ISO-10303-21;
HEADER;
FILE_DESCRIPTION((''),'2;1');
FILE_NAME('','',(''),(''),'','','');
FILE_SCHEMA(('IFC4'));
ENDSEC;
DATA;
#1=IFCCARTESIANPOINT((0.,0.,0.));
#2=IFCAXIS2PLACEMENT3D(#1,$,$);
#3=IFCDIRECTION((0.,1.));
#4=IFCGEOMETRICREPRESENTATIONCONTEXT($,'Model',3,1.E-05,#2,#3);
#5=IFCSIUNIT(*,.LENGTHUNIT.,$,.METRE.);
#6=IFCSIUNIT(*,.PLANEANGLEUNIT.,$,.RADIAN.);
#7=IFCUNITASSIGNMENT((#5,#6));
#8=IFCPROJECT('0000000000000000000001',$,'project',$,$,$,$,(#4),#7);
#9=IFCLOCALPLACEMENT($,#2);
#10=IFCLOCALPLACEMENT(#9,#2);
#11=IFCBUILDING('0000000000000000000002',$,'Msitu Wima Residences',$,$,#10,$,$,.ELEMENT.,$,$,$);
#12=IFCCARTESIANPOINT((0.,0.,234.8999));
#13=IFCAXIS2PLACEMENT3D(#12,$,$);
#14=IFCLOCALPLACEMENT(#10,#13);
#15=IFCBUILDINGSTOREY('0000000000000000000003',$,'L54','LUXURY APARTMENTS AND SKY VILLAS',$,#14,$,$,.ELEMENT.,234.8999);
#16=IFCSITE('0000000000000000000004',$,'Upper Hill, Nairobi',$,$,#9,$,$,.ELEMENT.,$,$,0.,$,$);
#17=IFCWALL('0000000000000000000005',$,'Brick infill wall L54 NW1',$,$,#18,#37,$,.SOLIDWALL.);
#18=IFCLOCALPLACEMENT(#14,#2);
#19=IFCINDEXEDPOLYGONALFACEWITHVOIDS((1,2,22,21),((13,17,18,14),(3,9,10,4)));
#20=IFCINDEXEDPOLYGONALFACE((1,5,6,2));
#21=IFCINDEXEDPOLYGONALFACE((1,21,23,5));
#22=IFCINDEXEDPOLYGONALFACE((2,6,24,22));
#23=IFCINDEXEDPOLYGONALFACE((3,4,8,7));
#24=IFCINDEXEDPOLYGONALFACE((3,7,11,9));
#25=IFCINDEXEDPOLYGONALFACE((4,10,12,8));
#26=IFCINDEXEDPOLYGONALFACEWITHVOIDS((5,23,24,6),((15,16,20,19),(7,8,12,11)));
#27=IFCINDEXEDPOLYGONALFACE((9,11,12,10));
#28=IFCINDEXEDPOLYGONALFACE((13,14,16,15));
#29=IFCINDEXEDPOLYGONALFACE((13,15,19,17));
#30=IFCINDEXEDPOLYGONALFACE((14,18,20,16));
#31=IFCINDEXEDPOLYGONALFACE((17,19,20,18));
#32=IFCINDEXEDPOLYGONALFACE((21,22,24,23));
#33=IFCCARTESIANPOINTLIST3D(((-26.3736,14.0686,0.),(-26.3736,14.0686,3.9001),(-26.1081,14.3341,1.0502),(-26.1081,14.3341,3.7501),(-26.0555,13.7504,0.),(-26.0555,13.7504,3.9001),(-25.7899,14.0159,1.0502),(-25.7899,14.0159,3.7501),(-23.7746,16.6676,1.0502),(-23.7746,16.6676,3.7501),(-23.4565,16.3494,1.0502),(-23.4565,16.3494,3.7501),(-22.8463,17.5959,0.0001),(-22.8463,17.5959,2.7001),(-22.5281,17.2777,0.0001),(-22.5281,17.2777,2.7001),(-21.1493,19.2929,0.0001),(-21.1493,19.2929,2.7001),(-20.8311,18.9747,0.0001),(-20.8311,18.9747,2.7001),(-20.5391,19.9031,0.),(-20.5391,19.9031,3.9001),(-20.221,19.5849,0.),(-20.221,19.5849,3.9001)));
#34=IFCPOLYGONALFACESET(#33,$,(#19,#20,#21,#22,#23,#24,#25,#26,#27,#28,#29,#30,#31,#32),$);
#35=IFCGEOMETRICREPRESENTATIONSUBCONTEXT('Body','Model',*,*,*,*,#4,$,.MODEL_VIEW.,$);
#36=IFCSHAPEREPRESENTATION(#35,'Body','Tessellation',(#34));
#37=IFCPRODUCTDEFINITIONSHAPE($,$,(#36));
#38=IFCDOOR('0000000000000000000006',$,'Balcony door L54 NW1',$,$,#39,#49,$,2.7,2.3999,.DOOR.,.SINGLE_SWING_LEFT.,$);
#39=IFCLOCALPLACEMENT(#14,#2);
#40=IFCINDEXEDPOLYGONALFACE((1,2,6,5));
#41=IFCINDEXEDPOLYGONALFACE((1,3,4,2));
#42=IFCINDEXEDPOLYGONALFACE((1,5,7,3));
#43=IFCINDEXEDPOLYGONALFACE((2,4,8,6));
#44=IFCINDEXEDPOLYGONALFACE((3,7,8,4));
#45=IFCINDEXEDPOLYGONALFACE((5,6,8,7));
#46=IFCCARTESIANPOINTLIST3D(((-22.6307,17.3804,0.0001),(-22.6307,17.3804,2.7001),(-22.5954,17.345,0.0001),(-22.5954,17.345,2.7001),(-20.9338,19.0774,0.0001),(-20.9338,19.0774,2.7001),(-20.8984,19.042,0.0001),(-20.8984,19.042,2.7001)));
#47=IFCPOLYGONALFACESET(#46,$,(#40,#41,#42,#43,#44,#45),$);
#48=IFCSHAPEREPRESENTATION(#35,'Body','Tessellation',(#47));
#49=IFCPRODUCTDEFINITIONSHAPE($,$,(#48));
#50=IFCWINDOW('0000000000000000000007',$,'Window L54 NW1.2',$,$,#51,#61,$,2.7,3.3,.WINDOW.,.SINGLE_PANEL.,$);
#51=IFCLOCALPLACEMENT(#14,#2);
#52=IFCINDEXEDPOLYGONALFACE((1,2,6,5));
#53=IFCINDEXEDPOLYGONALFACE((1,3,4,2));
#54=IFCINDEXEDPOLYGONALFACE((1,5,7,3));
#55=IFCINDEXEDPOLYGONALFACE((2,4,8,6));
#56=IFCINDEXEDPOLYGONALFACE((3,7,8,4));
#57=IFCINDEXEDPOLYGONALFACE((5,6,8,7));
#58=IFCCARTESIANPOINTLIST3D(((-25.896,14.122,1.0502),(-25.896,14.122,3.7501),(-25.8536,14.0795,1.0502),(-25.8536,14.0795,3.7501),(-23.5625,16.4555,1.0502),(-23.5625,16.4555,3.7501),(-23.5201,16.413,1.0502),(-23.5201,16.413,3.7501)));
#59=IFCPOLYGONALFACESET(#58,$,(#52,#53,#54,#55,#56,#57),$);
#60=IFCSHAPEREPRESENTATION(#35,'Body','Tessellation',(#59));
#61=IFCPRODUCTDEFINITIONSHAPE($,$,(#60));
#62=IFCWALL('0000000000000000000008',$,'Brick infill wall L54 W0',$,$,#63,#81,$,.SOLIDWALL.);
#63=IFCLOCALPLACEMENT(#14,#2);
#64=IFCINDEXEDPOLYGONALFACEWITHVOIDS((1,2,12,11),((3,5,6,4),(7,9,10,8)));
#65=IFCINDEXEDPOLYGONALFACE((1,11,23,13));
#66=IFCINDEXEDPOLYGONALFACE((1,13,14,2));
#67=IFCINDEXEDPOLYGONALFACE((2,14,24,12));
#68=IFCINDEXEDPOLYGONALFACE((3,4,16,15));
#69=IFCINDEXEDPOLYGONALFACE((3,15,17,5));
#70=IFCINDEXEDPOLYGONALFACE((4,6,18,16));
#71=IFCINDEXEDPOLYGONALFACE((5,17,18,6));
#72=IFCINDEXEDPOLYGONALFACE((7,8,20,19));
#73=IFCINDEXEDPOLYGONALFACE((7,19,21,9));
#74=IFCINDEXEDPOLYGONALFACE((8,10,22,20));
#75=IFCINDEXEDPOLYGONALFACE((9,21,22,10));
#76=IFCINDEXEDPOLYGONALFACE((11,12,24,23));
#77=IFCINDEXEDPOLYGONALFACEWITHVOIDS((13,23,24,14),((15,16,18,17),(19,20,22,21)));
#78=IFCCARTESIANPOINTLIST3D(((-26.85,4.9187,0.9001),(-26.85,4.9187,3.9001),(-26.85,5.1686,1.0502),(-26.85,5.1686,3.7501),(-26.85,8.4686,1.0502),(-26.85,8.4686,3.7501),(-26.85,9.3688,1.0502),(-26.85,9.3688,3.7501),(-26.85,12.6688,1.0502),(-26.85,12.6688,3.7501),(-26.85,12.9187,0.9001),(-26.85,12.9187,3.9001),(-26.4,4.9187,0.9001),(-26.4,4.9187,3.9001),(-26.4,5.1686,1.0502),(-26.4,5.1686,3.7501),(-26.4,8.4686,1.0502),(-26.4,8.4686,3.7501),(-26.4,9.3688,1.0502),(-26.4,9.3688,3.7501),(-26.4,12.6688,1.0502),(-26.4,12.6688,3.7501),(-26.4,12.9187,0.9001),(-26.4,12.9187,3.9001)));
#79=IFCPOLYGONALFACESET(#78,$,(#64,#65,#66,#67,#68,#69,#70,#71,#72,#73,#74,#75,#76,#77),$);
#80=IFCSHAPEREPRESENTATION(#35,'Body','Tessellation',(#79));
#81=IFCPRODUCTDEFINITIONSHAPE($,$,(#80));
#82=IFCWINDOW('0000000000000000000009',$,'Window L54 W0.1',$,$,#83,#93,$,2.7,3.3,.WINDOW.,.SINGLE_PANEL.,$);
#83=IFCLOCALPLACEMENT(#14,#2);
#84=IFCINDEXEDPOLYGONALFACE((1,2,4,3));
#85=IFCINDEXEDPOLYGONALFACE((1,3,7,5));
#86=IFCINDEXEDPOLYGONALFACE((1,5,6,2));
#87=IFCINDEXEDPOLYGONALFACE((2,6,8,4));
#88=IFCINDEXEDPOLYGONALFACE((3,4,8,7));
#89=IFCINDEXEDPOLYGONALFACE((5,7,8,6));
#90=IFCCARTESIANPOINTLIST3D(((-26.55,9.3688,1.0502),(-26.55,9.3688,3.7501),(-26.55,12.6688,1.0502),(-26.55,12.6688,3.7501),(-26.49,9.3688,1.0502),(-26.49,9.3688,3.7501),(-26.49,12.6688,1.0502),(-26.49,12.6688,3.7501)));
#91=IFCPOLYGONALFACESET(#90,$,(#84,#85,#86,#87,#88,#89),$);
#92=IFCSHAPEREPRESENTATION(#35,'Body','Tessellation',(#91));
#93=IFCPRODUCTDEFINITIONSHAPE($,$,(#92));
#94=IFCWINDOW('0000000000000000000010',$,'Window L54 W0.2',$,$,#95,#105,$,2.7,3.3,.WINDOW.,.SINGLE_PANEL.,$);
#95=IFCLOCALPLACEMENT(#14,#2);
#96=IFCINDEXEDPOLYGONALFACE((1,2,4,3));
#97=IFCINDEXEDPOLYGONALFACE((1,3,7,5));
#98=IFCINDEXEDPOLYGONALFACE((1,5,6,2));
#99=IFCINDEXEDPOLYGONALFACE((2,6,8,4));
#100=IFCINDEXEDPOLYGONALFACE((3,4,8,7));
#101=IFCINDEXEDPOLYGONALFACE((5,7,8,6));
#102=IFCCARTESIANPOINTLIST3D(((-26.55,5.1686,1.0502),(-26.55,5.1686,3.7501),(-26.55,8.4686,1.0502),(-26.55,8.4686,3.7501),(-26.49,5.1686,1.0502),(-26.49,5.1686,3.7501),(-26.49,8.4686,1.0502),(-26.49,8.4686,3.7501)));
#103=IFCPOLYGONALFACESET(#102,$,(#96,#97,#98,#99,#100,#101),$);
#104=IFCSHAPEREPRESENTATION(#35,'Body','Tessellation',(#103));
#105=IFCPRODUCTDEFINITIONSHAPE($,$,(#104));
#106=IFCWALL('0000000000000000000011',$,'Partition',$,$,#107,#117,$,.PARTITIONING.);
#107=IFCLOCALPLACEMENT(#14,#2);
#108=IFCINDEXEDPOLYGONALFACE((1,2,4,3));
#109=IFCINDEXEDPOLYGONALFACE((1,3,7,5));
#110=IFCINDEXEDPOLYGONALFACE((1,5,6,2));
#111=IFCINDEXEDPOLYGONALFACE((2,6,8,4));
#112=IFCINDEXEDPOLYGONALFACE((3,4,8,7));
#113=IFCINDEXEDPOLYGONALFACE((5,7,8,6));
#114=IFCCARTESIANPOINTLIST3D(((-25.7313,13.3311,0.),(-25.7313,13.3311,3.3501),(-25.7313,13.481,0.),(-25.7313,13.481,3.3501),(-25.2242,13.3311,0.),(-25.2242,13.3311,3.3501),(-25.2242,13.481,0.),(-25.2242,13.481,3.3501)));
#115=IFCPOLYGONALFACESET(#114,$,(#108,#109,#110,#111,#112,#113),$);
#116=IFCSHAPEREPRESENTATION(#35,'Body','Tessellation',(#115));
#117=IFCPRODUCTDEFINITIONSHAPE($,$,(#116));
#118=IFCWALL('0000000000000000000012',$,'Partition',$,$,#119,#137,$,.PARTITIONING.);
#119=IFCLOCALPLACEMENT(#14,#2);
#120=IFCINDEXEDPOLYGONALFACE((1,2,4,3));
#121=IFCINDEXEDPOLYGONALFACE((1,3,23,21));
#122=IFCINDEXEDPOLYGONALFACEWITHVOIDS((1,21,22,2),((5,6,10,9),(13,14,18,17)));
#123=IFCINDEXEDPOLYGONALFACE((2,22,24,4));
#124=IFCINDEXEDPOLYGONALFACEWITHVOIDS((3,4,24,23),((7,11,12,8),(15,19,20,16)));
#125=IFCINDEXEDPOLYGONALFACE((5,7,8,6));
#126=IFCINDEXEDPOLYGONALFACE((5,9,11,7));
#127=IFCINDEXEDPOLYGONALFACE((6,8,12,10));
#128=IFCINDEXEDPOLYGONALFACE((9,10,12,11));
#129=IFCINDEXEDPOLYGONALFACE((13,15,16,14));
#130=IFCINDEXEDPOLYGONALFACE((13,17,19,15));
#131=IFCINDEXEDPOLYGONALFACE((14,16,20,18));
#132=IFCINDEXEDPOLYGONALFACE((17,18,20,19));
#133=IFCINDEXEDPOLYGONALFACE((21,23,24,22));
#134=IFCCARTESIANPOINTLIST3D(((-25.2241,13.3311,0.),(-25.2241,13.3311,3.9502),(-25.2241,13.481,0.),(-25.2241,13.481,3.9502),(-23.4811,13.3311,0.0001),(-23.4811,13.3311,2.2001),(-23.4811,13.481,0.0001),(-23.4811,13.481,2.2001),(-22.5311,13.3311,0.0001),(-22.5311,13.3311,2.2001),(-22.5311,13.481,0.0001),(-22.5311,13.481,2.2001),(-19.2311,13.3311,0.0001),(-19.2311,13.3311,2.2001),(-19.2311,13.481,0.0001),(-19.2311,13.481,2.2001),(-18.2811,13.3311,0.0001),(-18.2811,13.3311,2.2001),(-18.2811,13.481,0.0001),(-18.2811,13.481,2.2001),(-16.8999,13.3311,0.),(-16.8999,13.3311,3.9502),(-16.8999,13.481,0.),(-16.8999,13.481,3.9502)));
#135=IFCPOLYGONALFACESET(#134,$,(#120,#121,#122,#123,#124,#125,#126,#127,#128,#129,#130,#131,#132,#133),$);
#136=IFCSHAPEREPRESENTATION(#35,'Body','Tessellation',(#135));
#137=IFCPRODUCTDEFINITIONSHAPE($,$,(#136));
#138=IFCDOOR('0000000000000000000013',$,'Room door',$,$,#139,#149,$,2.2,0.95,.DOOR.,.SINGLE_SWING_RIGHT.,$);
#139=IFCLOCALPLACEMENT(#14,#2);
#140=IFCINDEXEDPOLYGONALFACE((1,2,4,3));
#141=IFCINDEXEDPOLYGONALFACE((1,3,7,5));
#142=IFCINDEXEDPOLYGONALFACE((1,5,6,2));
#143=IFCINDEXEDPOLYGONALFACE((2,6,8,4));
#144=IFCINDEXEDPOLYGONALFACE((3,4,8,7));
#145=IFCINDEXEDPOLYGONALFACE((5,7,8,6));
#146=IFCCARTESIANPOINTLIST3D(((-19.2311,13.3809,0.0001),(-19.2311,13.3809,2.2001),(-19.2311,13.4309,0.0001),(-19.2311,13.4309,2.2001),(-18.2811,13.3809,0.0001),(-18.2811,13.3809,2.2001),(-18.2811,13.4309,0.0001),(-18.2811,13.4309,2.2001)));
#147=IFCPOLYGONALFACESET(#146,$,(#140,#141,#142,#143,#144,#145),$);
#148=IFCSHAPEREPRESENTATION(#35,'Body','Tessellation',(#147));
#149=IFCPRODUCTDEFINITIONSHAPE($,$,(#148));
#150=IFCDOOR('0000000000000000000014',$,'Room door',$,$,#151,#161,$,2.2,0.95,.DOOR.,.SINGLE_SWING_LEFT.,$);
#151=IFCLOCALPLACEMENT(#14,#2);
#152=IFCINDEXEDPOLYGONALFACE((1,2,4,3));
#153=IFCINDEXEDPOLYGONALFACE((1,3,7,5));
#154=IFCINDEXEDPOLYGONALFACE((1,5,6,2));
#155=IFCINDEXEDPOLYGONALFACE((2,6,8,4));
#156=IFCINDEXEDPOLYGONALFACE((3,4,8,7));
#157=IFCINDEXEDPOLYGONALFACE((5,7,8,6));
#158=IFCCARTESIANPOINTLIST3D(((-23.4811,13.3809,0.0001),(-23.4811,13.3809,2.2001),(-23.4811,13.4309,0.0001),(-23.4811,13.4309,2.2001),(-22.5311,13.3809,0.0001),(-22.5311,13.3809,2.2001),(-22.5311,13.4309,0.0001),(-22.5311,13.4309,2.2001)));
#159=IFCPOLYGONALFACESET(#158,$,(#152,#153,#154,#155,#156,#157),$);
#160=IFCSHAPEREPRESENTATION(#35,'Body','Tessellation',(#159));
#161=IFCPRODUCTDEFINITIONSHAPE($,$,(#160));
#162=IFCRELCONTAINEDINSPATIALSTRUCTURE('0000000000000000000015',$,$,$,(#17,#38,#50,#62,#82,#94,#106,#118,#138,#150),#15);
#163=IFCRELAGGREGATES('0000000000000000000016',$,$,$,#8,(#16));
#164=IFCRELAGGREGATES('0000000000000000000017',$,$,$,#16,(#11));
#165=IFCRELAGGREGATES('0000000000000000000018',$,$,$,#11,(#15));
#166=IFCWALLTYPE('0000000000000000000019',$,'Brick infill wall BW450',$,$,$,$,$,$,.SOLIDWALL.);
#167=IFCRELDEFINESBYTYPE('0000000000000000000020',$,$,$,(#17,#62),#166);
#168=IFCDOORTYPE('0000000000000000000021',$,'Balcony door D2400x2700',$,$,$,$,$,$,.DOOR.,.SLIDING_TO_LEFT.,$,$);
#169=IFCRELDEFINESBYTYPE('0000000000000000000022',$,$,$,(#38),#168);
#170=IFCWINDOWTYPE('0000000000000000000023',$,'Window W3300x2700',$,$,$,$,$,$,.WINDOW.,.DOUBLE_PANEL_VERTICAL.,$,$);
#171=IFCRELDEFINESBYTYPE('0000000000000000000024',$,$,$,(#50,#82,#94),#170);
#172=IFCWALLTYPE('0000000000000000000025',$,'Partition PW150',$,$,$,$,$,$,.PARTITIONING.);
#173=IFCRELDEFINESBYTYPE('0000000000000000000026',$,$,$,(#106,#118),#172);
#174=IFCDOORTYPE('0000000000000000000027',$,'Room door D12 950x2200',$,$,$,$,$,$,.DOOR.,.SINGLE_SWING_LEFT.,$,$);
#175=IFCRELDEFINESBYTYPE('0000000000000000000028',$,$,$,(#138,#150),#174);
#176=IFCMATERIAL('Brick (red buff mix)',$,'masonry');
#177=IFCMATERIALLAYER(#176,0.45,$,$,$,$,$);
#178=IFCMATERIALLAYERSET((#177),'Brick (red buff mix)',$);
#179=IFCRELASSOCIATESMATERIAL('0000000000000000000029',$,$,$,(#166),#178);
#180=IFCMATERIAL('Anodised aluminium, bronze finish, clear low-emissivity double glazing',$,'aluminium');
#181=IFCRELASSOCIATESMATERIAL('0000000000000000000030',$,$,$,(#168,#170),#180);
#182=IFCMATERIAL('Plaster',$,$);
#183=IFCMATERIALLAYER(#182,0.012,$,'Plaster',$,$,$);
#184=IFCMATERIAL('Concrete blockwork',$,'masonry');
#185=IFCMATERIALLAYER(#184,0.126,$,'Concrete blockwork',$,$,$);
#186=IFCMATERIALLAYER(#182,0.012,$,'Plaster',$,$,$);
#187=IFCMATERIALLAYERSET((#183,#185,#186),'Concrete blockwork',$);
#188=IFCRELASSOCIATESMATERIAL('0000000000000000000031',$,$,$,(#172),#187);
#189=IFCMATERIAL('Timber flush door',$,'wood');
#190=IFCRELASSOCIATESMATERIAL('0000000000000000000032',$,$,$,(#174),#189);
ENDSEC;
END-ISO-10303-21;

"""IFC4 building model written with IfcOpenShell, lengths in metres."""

from ifc_helpers import new_model, si_unit, direction, frame, frame_2d, origin, place, context, subcontext, project, spatial, rectangle, extrude, material, layer, layer_set, type_object, element, fill, save


model = new_model("IFC4")

# Units and contexts
model_context = context("Model", 3, precision=1e-05, world=origin(), true_north=direction((0.0, 1.0)))
body_context = subcontext(model_context, "Body", "Model", "MODEL_VIEW")
ifc_project = project(units=[si_unit("LENGTHUNIT", "METRE"), si_unit("PLANEANGLEUNIT", "RADIAN")], contexts=[model_context])

# Site, building, storey
site_placement = place(None, origin())
site = spatial("IfcSite", under=ifc_project, at=site_placement, Name="Upper Hill, Nairobi", CompositionType="ELEMENT", RefElevation=0.0)
building_placement = place(site_placement, origin())
building = spatial("IfcBuilding", under=site, at=building_placement, Name="Msitu Wima Residences", CompositionType="ELEMENT")
storey_placement = place(building_placement, frame((0.0, 0.0, 234.8999)))
storey = spatial("IfcBuildingStorey", under=building, at=storey_placement, Name="L54", Description="LUXURY APARTMENTS AND SKY VILLAS", CompositionType="ELEMENT", Elevation=234.8999)

# Wall, openings, door, window
ifc_material_1 = material(Name="Brick (red buff mix)", Category="masonry")
ifc_layer_1 = layer(ifc_material_1, 0.45)
ifc_layer_set_1 = layer_set([ifc_layer_1], Name="Brick (red buff mix)")
wall_type_1 = type_object("IfcWallType", Name="Brick infill wall BW450", PredefinedType="SOLIDWALL", material=ifc_layer_set_1)
wall_1_placement = place(storey_placement, frame((-20.3801, 19.7439, 0.0), z_axis=(0.0, 0.0, 1.0), x_axis=(-0.707107, -0.707107, 0.0)))
wall_1 = element("IfcWall", 1, at=wall_1_placement, inside=storey, type_object=wall_type_1, Name="Brick infill wall L54 NW1", PredefinedType="SOLIDWALL", context=body_context, shape_type="SweptSolid", body=[
    extrude(rectangle(XDim=8.2512, YDim=0.45, at=frame_2d((4.1255, 0.0))), origin(), (0.0, 0.0, 1.0), 3.9001),
])
opening_1_placement = place(wall_1_placement, frame((0.8628, 0.0, 0.0)))
opening_1 = element("IfcOpeningElement", 2, at=opening_1_placement, cuts=wall_1, PredefinedType="OPENING", context=body_context, shape_type="SweptSolid", body=[
    extrude(rectangle(XDim=2.3999, YDim=2.7, at=frame_2d((1.2, 1.3501))), frame((0.0, 0.2349, 0.0), z_axis=(0.0, -1.0, 0.0), x_axis=(1.0, 0.0, 0.0)), (0.0, 0.0, 1.0), 0.47),
])
opening_2_placement = place(wall_1_placement, frame((4.5757, 0.0, 1.05)))
opening_2 = element("IfcOpeningElement", 3, at=opening_2_placement, cuts=wall_1, PredefinedType="OPENING", context=body_context, shape_type="SweptSolid", body=[
    extrude(rectangle(XDim=3.3, YDim=2.7, at=frame_2d((1.6499, 1.3501))), frame((0.0, 0.2349, 0.0), z_axis=(0.0, -1.0, 0.0), x_axis=(1.0, 0.0, 0.0)), (0.0, 0.0, 1.0), 0.47),
])
ifc_material_2 = material(Name="Anodised aluminium, bronze finish, clear low-emissivity double glazing", Category="aluminium")
door_type_1 = type_object("IfcDoorType", Name="Balcony door D2400x2700", OperationType="SLIDING_TO_LEFT", PredefinedType="DOOR", material=ifc_material_2)
door_1_placement = place(opening_1_placement, origin())
door_1 = element("IfcDoor", 4, at=door_1_placement, inside=storey, type_object=door_type_1, Name="Balcony door L54 NW1", OperationType="SINGLE_SWING_LEFT", OverallHeight=2.7, OverallWidth=2.3999, PredefinedType="DOOR", context=body_context, shape_type="SweptSolid", body=[
    extrude(rectangle(XDim=2.3999, YDim=2.7, at=frame_2d((1.2, 1.3501))), frame((0.0, 0.1299, 0.0), z_axis=(0.0, -1.0, 0.0), x_axis=(1.0, 0.0, 0.0)), (0.0, 0.0, 1.0), 0.05),
])
fill(opening_1, door_1)
window_type = type_object("IfcWindowType", Name="Window W3300x2700", PartitioningType="DOUBLE_PANEL_VERTICAL", PredefinedType="WINDOW", material=ifc_material_2)
window_1_placement = place(opening_2_placement, origin())
window_1 = element("IfcWindow", 5, at=window_1_placement, inside=storey, type_object=window_type, Name="Window L54 NW1.2", OverallHeight=2.7, OverallWidth=3.3, PartitioningType="SINGLE_PANEL", PredefinedType="WINDOW", context=body_context, shape_type="SweptSolid", body=[
    extrude(rectangle(XDim=3.3, YDim=2.7, at=frame_2d((1.6499, 1.3501))), frame((0.0, 0.135, 0.0), z_axis=(0.0, -1.0, 0.0), x_axis=(1.0, 0.0, 0.0)), (0.0, 0.0, 1.0), 0.0601),
])
fill(opening_2, window_1)

# Wall, openings, windows
wall_2_placement = place(storey_placement, frame((-26.625, 12.9187, 0.9001), z_axis=(0.0, 0.0, 1.0), x_axis=(0.0, -1.0, 0.0)))
wall_2 = element("IfcWall", 6, at=wall_2_placement, inside=storey, type_object=wall_type_1, Name="Brick infill wall L54 W0", PredefinedType="SOLIDWALL", context=body_context, shape_type="SweptSolid", body=[
    extrude(rectangle(XDim=8.0, YDim=0.45, at=frame_2d((4.0, 0.0))), origin(), (0.0, 0.0, 1.0), 3.0),
])
opening_3_placement = place(wall_2_placement, frame((0.25, 0.0, 0.1499)))
opening_3 = element("IfcOpeningElement", 7, at=opening_3_placement, cuts=wall_2, PredefinedType="OPENING", context=body_context, shape_type="SweptSolid", body=[
    extrude(rectangle(XDim=3.3, YDim=2.7, at=frame_2d((1.6499, 1.3501))), frame((0.0, 0.2349, 0.0), z_axis=(0.0, -1.0, 0.0), x_axis=(1.0, 0.0, 0.0)), (0.0, 0.0, 1.0), 0.47),
])
opening_4_placement = place(wall_2_placement, frame((4.4502, 0.0, 0.1499)))
opening_4 = element("IfcOpeningElement", 8, at=opening_4_placement, cuts=wall_2, PredefinedType="OPENING", context=body_context, shape_type="SweptSolid", body=[
    extrude(rectangle(XDim=3.3, YDim=2.7, at=frame_2d((1.6499, 1.3501))), frame((0.0, 0.2349, 0.0), z_axis=(0.0, -1.0, 0.0), x_axis=(1.0, 0.0, 0.0)), (0.0, 0.0, 1.0), 0.47),
])
window_2_placement = place(opening_3_placement, origin())
window_2 = element("IfcWindow", 9, at=window_2_placement, inside=storey, type_object=window_type, Name="Window L54 W0.1", OverallHeight=2.7, OverallWidth=3.3, PartitioningType="SINGLE_PANEL", PredefinedType="WINDOW", context=body_context, shape_type="SweptSolid", body=[
    extrude(rectangle(XDim=3.3, YDim=2.7, at=frame_2d((1.6499, 1.3501))), frame((0.0, 0.135, 0.0), z_axis=(0.0, -1.0, 0.0), x_axis=(1.0, 0.0, 0.0)), (0.0, 0.0, 1.0), 0.0601),
])
fill(opening_3, window_2)
window_3_placement = place(opening_4_placement, origin())
window_3 = element("IfcWindow", 10, at=window_3_placement, inside=storey, type_object=window_type, Name="Window L54 W0.2", OverallHeight=2.7, OverallWidth=3.3, PartitioningType="SINGLE_PANEL", PredefinedType="WINDOW", context=body_context, shape_type="SweptSolid", body=[
    extrude(rectangle(XDim=3.3, YDim=2.7, at=frame_2d((1.6499, 1.3501))), frame((0.0, 0.135, 0.0), z_axis=(0.0, -1.0, 0.0), x_axis=(1.0, 0.0, 0.0)), (0.0, 0.0, 1.0), 0.0601),
])
fill(opening_4, window_3)

# Wall
ifc_material_3 = material(Name="Plaster")
ifc_layer_2 = layer(ifc_material_3, 0.012, Name="Plaster")
ifc_material_4 = material(Name="Concrete blockwork", Category="masonry")
ifc_layer_3 = layer(ifc_material_4, 0.126, Name="Concrete blockwork")
ifc_layer_4 = layer(ifc_material_3, 0.012, Name="Plaster")
ifc_layer_set_2 = layer_set([ifc_layer_2, ifc_layer_3, ifc_layer_4], Name="Concrete blockwork")
wall_type_2 = type_object("IfcWallType", Name="Partition PW150", PredefinedType="PARTITIONING", material=ifc_layer_set_2)
wall_3_placement = place(storey_placement, frame((-25.7312, 13.406, 0.0), z_axis=(0.0, 0.0, 1.0), x_axis=(1.0, 0.0, 0.0)))
element("IfcWall", 11, at=wall_3_placement, inside=storey, type_object=wall_type_2, Name="Partition", PredefinedType="PARTITIONING", context=body_context, shape_type="SweptSolid", body=[
    extrude(rectangle(XDim=0.5071, YDim=0.1499, at=frame_2d((0.2534, 0.0))), origin(), (0.0, 0.0, 1.0), 3.3501),
])

# Wall, openings, doors
wall_4_placement = place(storey_placement, frame((-25.2241, 13.406, 0.0), z_axis=(0.0, 0.0, 1.0), x_axis=(1.0, 0.0, 0.0)))
wall_4 = element("IfcWall", 12, at=wall_4_placement, inside=storey, type_object=wall_type_2, Name="Partition", PredefinedType="PARTITIONING", context=body_context, shape_type="SweptSolid", body=[
    extrude(rectangle(XDim=8.3242, YDim=0.1499, at=frame_2d((4.1621, 0.0))), origin(), (0.0, 0.0, 1.0), 3.9502),
])
opening_5_placement = place(wall_4_placement, frame((5.9929, 0.0, 0.0)))
opening_5 = element("IfcOpeningElement", 13, at=opening_5_placement, cuts=wall_4, PredefinedType="OPENING", context=body_context, shape_type="SweptSolid", body=[
    extrude(rectangle(XDim=0.95, YDim=2.2, at=frame_2d((0.4751, 1.1001))), frame((0.0, 0.085, 0.0), z_axis=(0.0, -1.0, 0.0), x_axis=(1.0, 0.0, 0.0)), (0.0, 0.0, 1.0), 0.1699),
])
opening_6_placement = place(wall_4_placement, frame((1.7429, 0.0, 0.0)))
opening_6 = element("IfcOpeningElement", 14, at=opening_6_placement, cuts=wall_4, PredefinedType="OPENING", context=body_context, shape_type="SweptSolid", body=[
    extrude(rectangle(XDim=0.95, YDim=2.2, at=frame_2d((0.4751, 1.1001))), frame((0.0, 0.085, 0.0), z_axis=(0.0, -1.0, 0.0), x_axis=(1.0, 0.0, 0.0)), (0.0, 0.0, 1.0), 0.1699),
])
ifc_material_5 = material(Name="Timber flush door", Category="wood")
door_type_2 = type_object("IfcDoorType", Name="Room door D12 950x2200", OperationType="SINGLE_SWING_LEFT", PredefinedType="DOOR", material=ifc_material_5)
door_2_placement = place(opening_5_placement, origin())
door_2 = element("IfcDoor", 15, at=door_2_placement, inside=storey, type_object=door_type_2, Name="Room door", OperationType="SINGLE_SWING_RIGHT", OverallHeight=2.2, OverallWidth=0.95, PredefinedType="DOOR", context=body_context, shape_type="SweptSolid", body=[
    extrude(rectangle(XDim=0.95, YDim=2.2, at=frame_2d((0.4751, 1.1001))), frame((0.0, 0.0249, 0.0), z_axis=(0.0, -1.0, 0.0), x_axis=(1.0, 0.0, 0.0)), (0.0, 0.0, 1.0), 0.05),
])
fill(opening_5, door_2)
door_3_placement = place(opening_6_placement, origin())
door_3 = element("IfcDoor", 16, at=door_3_placement, inside=storey, type_object=door_type_2, Name="Room door", OperationType="SINGLE_SWING_LEFT", OverallHeight=2.2, OverallWidth=0.95, PredefinedType="DOOR", context=body_context, shape_type="SweptSolid", body=[
    extrude(rectangle(XDim=0.95, YDim=2.2, at=frame_2d((0.4751, 1.1001))), frame((0.0, 0.0249, 0.0), z_axis=(0.0, -1.0, 0.0), x_axis=(1.0, 0.0, 0.0)), (0.0, 0.0, 1.0), 0.05),
])
fill(opening_6, door_3)

save(model, "model.ifc")
